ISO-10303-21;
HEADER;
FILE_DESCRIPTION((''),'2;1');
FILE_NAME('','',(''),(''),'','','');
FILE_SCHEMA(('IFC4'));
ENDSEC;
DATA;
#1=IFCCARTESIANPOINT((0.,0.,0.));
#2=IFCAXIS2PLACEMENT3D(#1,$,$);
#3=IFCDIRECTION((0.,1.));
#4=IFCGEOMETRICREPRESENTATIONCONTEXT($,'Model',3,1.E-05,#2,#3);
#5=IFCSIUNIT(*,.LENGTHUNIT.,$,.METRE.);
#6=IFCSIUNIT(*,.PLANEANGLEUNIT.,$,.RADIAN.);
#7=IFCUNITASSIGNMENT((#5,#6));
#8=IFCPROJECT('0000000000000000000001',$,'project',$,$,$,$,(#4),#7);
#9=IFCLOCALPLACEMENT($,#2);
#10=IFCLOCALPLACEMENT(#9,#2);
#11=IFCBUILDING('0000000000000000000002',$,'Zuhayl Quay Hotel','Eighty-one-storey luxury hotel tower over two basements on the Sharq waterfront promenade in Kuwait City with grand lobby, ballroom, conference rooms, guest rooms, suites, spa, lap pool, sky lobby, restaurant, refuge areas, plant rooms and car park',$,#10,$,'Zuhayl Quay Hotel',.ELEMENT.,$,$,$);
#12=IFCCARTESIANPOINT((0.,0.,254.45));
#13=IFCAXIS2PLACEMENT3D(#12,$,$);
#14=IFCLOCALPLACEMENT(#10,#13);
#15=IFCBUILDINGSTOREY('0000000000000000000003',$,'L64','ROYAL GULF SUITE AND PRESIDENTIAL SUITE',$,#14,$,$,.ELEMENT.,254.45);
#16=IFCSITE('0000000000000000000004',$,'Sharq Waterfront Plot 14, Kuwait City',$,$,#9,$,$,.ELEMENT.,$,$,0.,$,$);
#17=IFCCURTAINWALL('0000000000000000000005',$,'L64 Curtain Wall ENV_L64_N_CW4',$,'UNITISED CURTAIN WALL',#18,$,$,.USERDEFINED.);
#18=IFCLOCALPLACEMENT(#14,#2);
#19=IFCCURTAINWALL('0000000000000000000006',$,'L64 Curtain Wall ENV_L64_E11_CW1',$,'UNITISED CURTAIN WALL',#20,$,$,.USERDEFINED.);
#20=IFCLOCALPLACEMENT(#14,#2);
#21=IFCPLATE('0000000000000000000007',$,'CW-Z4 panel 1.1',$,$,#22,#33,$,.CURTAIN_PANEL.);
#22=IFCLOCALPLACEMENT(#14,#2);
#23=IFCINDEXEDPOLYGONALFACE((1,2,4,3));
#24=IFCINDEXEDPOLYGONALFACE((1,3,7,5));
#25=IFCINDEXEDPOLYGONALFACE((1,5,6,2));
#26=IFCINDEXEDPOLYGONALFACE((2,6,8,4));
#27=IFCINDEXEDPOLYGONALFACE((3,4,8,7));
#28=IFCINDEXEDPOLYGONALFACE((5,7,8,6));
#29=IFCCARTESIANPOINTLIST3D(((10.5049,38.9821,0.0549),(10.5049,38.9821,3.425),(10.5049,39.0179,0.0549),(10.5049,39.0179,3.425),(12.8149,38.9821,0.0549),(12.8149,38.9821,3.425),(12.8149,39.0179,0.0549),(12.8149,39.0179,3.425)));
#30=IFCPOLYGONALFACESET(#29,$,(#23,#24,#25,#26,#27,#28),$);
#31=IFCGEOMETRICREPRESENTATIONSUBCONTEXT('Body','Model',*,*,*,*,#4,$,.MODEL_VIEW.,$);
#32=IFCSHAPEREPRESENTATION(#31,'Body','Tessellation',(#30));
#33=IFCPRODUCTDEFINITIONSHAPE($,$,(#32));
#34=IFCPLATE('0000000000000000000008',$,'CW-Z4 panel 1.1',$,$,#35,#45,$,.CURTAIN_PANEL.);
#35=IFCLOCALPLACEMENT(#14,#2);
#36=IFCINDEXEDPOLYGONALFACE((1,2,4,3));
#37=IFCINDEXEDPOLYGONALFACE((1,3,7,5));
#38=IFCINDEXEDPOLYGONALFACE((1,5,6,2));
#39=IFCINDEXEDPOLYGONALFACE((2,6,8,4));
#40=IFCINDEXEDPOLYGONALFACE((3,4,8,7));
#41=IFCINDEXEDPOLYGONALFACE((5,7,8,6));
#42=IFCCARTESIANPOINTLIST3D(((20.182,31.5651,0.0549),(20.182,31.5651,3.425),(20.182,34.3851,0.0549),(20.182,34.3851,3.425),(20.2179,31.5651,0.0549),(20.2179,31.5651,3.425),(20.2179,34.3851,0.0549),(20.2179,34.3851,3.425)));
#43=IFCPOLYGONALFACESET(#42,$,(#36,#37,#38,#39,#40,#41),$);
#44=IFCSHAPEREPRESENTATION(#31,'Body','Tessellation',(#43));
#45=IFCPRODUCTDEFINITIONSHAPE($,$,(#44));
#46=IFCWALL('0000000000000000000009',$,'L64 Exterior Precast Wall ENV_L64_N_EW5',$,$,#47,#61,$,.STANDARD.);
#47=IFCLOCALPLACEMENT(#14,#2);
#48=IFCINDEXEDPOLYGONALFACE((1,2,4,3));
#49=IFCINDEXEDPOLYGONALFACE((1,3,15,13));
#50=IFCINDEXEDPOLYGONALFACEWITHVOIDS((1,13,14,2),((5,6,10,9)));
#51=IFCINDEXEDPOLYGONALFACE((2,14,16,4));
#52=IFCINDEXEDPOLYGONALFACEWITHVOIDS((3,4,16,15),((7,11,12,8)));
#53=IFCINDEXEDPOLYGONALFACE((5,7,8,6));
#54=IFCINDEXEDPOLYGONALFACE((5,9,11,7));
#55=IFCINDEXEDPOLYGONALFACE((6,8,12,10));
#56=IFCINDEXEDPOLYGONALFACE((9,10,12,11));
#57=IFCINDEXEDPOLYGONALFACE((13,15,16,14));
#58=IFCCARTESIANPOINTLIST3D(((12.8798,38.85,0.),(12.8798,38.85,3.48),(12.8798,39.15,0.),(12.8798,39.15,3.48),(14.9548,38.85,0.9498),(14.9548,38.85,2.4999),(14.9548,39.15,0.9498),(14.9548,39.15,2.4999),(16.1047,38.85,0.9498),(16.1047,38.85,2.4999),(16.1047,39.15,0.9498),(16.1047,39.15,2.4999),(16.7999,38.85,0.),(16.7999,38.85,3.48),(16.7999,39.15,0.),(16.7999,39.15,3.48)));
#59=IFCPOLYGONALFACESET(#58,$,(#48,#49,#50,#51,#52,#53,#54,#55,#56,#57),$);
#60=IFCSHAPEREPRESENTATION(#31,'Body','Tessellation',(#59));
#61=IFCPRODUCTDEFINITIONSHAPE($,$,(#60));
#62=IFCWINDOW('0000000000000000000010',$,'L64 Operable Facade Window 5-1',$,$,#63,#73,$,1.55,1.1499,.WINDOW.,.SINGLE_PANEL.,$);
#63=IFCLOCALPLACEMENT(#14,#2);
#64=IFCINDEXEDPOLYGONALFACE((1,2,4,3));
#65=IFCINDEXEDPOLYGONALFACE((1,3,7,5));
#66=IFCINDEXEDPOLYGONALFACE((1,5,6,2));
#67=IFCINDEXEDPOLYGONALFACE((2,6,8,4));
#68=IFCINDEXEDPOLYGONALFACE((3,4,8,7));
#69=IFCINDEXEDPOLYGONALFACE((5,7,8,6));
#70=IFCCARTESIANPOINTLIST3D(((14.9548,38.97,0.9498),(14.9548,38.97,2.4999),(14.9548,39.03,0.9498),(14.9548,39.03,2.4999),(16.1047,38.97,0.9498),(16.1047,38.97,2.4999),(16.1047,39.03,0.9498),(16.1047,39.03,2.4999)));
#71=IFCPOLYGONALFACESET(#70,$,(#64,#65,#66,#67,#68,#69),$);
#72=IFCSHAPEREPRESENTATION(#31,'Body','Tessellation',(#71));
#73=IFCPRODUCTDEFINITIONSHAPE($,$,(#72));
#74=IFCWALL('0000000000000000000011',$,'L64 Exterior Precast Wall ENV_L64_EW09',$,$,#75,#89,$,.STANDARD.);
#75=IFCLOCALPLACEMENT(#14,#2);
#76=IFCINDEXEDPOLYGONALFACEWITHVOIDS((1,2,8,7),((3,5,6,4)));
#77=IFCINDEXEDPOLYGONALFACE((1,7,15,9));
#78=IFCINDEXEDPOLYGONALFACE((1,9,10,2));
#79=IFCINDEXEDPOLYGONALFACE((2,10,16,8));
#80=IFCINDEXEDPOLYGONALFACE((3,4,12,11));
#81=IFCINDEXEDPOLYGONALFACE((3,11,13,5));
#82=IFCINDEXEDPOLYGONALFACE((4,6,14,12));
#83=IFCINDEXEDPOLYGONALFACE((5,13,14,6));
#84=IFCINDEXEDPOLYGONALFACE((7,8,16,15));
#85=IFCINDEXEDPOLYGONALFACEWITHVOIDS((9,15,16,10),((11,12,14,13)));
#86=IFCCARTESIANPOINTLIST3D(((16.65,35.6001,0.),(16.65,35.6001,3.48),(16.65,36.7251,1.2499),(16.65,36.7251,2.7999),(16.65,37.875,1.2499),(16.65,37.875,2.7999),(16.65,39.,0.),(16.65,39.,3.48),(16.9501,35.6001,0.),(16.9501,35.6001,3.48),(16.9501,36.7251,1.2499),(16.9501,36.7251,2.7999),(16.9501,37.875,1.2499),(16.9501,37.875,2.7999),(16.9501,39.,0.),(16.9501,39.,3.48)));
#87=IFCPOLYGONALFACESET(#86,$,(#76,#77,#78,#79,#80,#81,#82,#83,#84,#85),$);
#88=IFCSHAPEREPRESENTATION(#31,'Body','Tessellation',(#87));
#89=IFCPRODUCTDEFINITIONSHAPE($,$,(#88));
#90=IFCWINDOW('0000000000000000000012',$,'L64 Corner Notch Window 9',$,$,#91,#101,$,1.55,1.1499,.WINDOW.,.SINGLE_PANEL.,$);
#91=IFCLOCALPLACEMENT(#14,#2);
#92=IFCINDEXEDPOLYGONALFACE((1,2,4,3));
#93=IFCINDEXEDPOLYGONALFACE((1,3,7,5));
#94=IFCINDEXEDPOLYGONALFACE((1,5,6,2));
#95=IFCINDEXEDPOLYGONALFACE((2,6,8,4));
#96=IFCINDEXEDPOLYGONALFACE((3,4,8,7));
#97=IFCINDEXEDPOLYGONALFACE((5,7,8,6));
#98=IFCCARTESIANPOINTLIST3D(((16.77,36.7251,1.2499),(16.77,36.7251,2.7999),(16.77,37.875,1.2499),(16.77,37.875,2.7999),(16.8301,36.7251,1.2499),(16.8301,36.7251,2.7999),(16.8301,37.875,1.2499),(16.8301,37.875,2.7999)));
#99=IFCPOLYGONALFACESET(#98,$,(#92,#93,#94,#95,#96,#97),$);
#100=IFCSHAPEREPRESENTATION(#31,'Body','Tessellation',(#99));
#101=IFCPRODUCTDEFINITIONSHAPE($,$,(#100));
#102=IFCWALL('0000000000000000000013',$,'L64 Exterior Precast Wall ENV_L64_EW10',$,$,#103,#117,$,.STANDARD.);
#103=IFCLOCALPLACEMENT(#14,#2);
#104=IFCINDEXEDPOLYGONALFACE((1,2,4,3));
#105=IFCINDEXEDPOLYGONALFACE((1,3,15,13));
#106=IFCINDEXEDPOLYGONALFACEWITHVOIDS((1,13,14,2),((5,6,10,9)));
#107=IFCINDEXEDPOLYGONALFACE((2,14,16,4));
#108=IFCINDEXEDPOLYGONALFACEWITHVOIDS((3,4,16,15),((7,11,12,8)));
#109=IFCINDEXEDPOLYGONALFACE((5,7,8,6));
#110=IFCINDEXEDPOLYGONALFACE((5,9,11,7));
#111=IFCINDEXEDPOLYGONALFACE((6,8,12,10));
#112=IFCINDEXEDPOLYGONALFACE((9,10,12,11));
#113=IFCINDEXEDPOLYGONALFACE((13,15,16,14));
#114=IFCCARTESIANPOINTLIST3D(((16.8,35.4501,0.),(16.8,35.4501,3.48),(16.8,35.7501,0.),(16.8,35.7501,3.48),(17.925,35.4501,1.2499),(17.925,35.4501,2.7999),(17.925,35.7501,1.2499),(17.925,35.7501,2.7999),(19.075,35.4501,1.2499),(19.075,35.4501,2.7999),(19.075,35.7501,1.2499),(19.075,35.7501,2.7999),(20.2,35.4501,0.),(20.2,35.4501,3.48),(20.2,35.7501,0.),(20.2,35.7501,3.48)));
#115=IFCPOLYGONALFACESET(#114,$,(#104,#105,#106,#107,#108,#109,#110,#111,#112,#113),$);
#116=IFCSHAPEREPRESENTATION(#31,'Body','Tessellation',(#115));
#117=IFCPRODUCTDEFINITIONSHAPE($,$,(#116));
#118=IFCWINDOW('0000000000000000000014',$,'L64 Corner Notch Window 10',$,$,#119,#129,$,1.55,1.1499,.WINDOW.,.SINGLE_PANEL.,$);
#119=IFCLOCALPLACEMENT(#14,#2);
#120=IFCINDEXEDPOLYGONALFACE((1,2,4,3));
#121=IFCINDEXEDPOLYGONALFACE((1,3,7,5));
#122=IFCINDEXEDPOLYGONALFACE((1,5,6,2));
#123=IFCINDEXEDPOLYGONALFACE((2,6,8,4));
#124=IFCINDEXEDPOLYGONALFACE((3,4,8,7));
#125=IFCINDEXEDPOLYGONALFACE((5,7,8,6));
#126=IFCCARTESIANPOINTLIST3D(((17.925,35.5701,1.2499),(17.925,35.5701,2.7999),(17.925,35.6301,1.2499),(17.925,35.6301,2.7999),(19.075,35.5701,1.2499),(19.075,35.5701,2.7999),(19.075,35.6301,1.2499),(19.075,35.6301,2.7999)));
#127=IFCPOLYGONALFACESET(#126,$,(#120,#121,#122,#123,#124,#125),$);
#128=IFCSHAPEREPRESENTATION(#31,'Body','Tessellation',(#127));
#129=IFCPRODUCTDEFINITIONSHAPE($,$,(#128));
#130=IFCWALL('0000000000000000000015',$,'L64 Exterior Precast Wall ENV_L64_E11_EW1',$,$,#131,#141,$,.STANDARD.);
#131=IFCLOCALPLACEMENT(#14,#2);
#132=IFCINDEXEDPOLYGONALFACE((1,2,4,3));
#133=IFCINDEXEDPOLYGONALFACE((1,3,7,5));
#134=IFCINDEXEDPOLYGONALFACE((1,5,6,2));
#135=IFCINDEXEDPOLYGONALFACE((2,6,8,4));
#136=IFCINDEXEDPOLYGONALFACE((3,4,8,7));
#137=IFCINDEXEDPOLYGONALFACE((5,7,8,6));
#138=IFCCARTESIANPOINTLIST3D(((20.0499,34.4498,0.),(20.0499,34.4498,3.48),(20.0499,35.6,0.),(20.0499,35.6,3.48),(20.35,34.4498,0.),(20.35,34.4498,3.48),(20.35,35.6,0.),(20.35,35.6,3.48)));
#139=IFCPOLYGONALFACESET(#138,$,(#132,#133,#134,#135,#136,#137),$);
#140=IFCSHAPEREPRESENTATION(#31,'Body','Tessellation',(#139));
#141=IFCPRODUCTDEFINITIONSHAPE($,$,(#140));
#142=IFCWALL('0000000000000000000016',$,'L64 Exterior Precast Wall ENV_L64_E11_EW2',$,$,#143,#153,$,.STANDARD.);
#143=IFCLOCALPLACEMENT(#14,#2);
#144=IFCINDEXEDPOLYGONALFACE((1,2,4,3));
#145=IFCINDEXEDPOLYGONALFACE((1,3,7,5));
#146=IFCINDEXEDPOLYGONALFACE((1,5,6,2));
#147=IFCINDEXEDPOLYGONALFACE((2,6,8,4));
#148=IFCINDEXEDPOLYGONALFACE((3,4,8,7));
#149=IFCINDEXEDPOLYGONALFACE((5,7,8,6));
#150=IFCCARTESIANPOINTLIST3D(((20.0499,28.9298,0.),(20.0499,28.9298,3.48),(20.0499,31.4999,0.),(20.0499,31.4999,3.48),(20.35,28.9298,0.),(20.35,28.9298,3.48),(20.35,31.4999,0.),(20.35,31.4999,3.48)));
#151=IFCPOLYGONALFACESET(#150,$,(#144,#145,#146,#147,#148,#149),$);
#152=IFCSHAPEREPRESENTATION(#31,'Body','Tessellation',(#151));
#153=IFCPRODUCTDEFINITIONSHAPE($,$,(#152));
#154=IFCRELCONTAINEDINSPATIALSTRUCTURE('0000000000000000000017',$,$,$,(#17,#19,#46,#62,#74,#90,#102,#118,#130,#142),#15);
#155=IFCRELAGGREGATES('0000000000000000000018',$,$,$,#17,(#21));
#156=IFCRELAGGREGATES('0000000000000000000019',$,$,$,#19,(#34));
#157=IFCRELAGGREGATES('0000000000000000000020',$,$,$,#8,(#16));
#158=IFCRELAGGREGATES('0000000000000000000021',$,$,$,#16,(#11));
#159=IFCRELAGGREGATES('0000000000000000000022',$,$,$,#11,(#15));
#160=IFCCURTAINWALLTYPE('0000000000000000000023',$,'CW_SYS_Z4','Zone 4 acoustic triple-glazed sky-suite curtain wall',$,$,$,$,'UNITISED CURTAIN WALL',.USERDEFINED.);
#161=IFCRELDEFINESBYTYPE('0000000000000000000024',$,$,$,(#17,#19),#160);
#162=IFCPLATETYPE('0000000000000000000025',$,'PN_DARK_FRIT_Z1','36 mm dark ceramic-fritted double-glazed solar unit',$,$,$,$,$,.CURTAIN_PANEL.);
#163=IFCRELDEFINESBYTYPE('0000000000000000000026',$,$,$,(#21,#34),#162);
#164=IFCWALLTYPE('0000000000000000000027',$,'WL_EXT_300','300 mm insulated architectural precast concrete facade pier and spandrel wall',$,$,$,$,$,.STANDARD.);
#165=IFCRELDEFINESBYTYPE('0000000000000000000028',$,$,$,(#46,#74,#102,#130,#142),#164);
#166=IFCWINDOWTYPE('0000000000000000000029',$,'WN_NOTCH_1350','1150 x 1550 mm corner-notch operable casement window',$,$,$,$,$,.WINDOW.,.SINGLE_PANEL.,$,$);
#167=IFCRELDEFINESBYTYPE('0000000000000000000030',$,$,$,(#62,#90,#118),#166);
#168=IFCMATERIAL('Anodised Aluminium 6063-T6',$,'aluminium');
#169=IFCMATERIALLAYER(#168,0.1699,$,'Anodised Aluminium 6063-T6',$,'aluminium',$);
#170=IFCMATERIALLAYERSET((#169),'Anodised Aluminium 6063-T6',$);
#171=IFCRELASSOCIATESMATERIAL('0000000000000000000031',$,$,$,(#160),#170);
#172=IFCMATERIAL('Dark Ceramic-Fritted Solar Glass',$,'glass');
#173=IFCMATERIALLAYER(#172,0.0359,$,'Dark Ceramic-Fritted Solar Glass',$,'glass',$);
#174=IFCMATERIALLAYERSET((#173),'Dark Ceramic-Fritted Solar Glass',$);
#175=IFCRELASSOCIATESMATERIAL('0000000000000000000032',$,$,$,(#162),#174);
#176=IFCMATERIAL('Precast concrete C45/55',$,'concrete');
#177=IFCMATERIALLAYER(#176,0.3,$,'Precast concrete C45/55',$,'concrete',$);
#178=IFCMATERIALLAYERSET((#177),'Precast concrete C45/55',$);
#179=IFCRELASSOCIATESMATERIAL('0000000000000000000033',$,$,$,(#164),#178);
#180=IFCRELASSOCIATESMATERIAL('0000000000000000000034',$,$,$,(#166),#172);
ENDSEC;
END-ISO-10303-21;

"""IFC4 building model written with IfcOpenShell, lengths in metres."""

from ifc_helpers import new_model, si_unit, direction, frame, frame_2d, origin, origin_2d, place, context, subcontext, project, spatial, rectangle, extrude, material, layer, layer_set, type_object, element, fill, aggregate, save


model = new_model("IFC4")

# Units and contexts
model_context = context("Model", 3, precision=1e-05, world=origin(), true_north=direction((0.0, 1.0)))
body_context = subcontext(model_context, "Body", "Model", "MODEL_VIEW")
ifc_project = project(units=[si_unit("LENGTHUNIT", "METRE"), si_unit("PLANEANGLEUNIT", "RADIAN")], contexts=[model_context])

# Site, building, storey
site_placement = place(None, origin())
site = spatial("IfcSite", under=ifc_project, at=site_placement, Name="Sharq Waterfront Plot 14, Kuwait City", CompositionType="ELEMENT", RefElevation=0.0)
building_placement = place(site_placement, origin())
building = spatial("IfcBuilding", under=site, at=building_placement, Name="Zuhayl Quay Hotel", Description="Eighty-one-storey luxury hotel tower over two basements on the Sharq waterfront promenade in Kuwait City with grand lobby, ballroom, conference rooms, guest rooms, suites, spa, lap pool, sky lobby, restaurant, refuge areas, plant rooms and car park", LongName="Zuhayl Quay Hotel", CompositionType="ELEMENT")
storey_placement = place(building_placement, frame((0.0, 0.0, 254.45)))
storey = spatial("IfcBuildingStorey", under=building, at=storey_placement, Name="L64", Description="ROYAL GULF SUITE AND PRESIDENTIAL SUITE", CompositionType="ELEMENT", Elevation=254.45)

# Curtain walls
ifc_material_1 = material(Name="Anodised Aluminium 6063-T6", Category="aluminium")
ifc_layer_1 = layer(ifc_material_1, 0.1699, Name="Anodised Aluminium 6063-T6", Category="aluminium")
ifc_layer_set_1 = layer_set([ifc_layer_1], Name="Anodised Aluminium 6063-T6")
curtain_wall_type = type_object("IfcCurtainWallType", Name="CW_SYS_Z4", Description="Zone 4 acoustic triple-glazed sky-suite curtain wall", ElementType="UNITISED CURTAIN WALL", PredefinedType="USERDEFINED", material=ifc_layer_set_1)
curtain_wall_1_placement = place(storey_placement, origin())
curtain_wall_1 = element("IfcCurtainWall", 1, at=curtain_wall_1_placement, inside=storey, type_object=curtain_wall_type, Name="L64 Curtain Wall ENV_L64_N_CW4", ObjectType="UNITISED CURTAIN WALL", PredefinedType="USERDEFINED")
curtain_wall_2_placement = place(storey_placement, origin())
curtain_wall_2 = element("IfcCurtainWall", 2, at=curtain_wall_2_placement, inside=storey, type_object=curtain_wall_type, Name="L64 Curtain Wall ENV_L64_E11_CW1", ObjectType="UNITISED CURTAIN WALL", PredefinedType="USERDEFINED")

# Plates
ifc_material_2 = material(Name="Dark Ceramic-Fritted Solar Glass", Category="glass")
ifc_layer_2 = layer(ifc_material_2, 0.0359, Name="Dark Ceramic-Fritted Solar Glass", Category="glass")
ifc_layer_set_2 = layer_set([ifc_layer_2], Name="Dark Ceramic-Fritted Solar Glass")
plate_type = type_object("IfcPlateType", Name="PN_DARK_FRIT_Z1", Description="36 mm dark ceramic-fritted double-glazed solar unit", PredefinedType="CURTAIN_PANEL", material=ifc_layer_set_2)
plate_1_placement = place(storey_placement, frame((11.6599, 39.0, 0.0549), z_axis=(0.0, 0.0, 1.0), x_axis=(1.0, 0.0, 0.0)))
plate_1 = element("IfcPlate", 3, at=plate_1_placement, type_object=plate_type, Name="CW-Z4 panel 1.1", PredefinedType="CURTAIN_PANEL", context=body_context, shape_type="SweptSolid", body=[
    extrude(rectangle(XDim=2.3101, YDim=0.0359, at=origin_2d()), origin(), (0.0, 0.0, 1.0), 3.3701),
])
aggregate(curtain_wall_1, [plate_1])
plate_2_placement = place(storey_placement, frame((20.2, 32.9751, 0.0549), z_axis=(0.0, 0.0, 1.0), x_axis=(0.0, -1.0, 0.0)))
plate_2 = element("IfcPlate", 4, at=plate_2_placement, type_object=plate_type, Name="CW-Z4 panel 1.1", PredefinedType="CURTAIN_PANEL", context=body_context, shape_type="SweptSolid", body=[
    extrude(rectangle(XDim=2.8201, YDim=0.0359, at=origin_2d()), origin(), (0.0, 0.0, 1.0), 3.3701),
])
aggregate(curtain_wall_2, [plate_2])

# Walls, openings, windows
ifc_material_3 = material(Name="Precast concrete C45/55", Category="concrete")
ifc_layer_3 = layer(ifc_material_3, 0.3, Name="Precast concrete C45/55", Category="concrete")
ifc_layer_set_3 = layer_set([ifc_layer_3], Name="Precast concrete C45/55")
wall_type_1 = type_object("IfcWallType", Name="WL_EXT_300", Description="300 mm insulated architectural precast concrete facade pier and spandrel wall", PredefinedType="STANDARD", material=ifc_layer_set_3)
wall_1_placement = place(storey_placement, frame((12.8799, 39.0, 0.0), z_axis=(0.0, 0.0, 1.0), x_axis=(1.0, 0.0, 0.0)))
wall_1 = element("IfcWall", 5, at=wall_1_placement, inside=storey, type_object=wall_type_1, Name="L64 Exterior Precast Wall ENV_L64_N_EW5", PredefinedType="STANDARD", context=body_context, shape_type="SweptSolid", body=[
    extrude(rectangle(XDim=3.9202, YDim=0.3, at=frame_2d((1.96, 0.0))), origin(), (0.0, 0.0, 1.0), 3.48),
])
opening_1_placement = place(wall_1_placement, frame((2.075, 0.0, 0.95)))
opening_1 = element("IfcOpeningElement", 6, at=opening_1_placement, cuts=wall_1, PredefinedType="OPENING", context=body_context, shape_type="SweptSolid", body=[
    extrude(rectangle(XDim=1.1499, YDim=1.55, at=frame_2d((0.575, 0.7749))), frame((0.0, 0.1599, 0.0), z_axis=(0.0, -1.0, 0.0), x_axis=(1.0, 0.0, 0.0)), (0.0, 0.0, 1.0), 0.3201),
])
window_type = type_object("IfcWindowType", Name="WN_NOTCH_1350", Description="1150 x 1550 mm corner-notch operable casement window", PartitioningType="SINGLE_PANEL", PredefinedType="WINDOW", material=ifc_material_2)
window_1_placement = place(opening_1_placement, origin())
window_1 = element("IfcWindow", 7, at=window_1_placement, inside=storey, type_object=window_type, Name="L64 Operable Facade Window 5-1", OverallHeight=1.55, OverallWidth=1.1499, PartitioningType="SINGLE_PANEL", PredefinedType="WINDOW", context=body_context, shape_type="SweptSolid", body=[
    extrude(rectangle(XDim=1.1499, YDim=1.55, at=frame_2d((0.575, 0.7749))), frame((0.0, 0.03, 0.0), z_axis=(0.0, -1.0, 0.0), x_axis=(1.0, 0.0, 0.0)), (0.0, 0.0, 1.0), 0.0601),
])
fill(opening_1, window_1)
wall_2_placement = place(storey_placement, frame((16.8, 39.0, 0.0), z_axis=(0.0, 0.0, 1.0), x_axis=(0.0, -1.0, 0.0)))
wall_2 = element("IfcWall", 8, at=wall_2_placement, inside=storey, type_object=wall_type_1, Name="L64 Exterior Precast Wall ENV_L64_EW09", PredefinedType="STANDARD", context=body_context, shape_type="SweptSolid", body=[
    extrude(rectangle(XDim=3.3999, YDim=0.3, at=frame_2d((1.7, 0.0))), origin(), (0.0, 0.0, 1.0), 3.48),
])
opening_2_placement = place(wall_2_placement, frame((1.125, 0.0, 1.25)))
opening_2 = element("IfcOpeningElement", 9, at=opening_2_placement, cuts=wall_2, PredefinedType="OPENING", context=body_context, shape_type="SweptSolid", body=[
    extrude(rectangle(XDim=1.1499, YDim=1.55, at=frame_2d((0.575, 0.7749))), frame((0.0, 0.1599, 0.0), z_axis=(0.0, -1.0, 0.0), x_axis=(1.0, 0.0, 0.0)), (0.0, 0.0, 1.0), 0.3201),
])
window_2_placement = place(opening_2_placement, origin())
window_2 = element("IfcWindow", 10, at=window_2_placement, inside=storey, type_object=window_type, Name="L64 Corner Notch Window 9", OverallHeight=1.55, OverallWidth=1.1499, PartitioningType="SINGLE_PANEL", PredefinedType="WINDOW", context=body_context, shape_type="SweptSolid", body=[
    extrude(rectangle(XDim=1.1499, YDim=1.55, at=frame_2d((0.575, 0.7749))), frame((0.0, 0.03, 0.0), z_axis=(0.0, -1.0, 0.0), x_axis=(1.0, 0.0, 0.0)), (0.0, 0.0, 1.0), 0.0601),
])
fill(opening_2, window_2)
wall_3_placement = place(storey_placement, frame((16.8, 35.6001, 0.0), z_axis=(0.0, 0.0, 1.0), x_axis=(1.0, 0.0, 0.0)))
wall_3 = element("IfcWall", 11, at=wall_3_placement, inside=storey, type_object=wall_type_1, Name="L64 Exterior Precast Wall ENV_L64_EW10", PredefinedType="STANDARD", context=body_context, shape_type="SweptSolid", body=[
    extrude(rectangle(XDim=3.3999, YDim=0.3, at=frame_2d((1.7, 0.0))), origin(), (0.0, 0.0, 1.0), 3.48),
])
opening_3_placement = place(wall_3_placement, frame((1.125, 0.0, 1.25)))
opening_3 = element("IfcOpeningElement", 12, at=opening_3_placement, cuts=wall_3, PredefinedType="OPENING", context=body_context, shape_type="SweptSolid", body=[
    extrude(rectangle(XDim=1.1499, YDim=1.55, at=frame_2d((0.575, 0.7749))), frame((0.0, 0.1599, 0.0), z_axis=(0.0, -1.0, 0.0), x_axis=(1.0, 0.0, 0.0)), (0.0, 0.0, 1.0), 0.3201),
])
window_3_placement = place(opening_3_placement, origin())
window_3 = element("IfcWindow", 13, at=window_3_placement, inside=storey, type_object=window_type, Name="L64 Corner Notch Window 10", OverallHeight=1.55, OverallWidth=1.1499, PartitioningType="SINGLE_PANEL", PredefinedType="WINDOW", context=body_context, shape_type="SweptSolid", body=[
    extrude(rectangle(XDim=1.1499, YDim=1.55, at=frame_2d((0.575, 0.7749))), frame((0.0, 0.03, 0.0), z_axis=(0.0, -1.0, 0.0), x_axis=(1.0, 0.0, 0.0)), (0.0, 0.0, 1.0), 0.0601),
])
fill(opening_3, window_3)

# Walls
wall_4_placement = place(storey_placement, frame((20.2, 35.6001, 0.0), z_axis=(0.0, 0.0, 1.0), x_axis=(0.0, -1.0, 0.0)))
element("IfcWall", 14, at=wall_4_placement, inside=storey, type_object=wall_type_1, Name="L64 Exterior Precast Wall ENV_L64_E11_EW1", PredefinedType="STANDARD", context=body_context, shape_type="SweptSolid", body=[
    extrude(rectangle(XDim=1.1501, YDim=0.3, at=frame_2d((0.5752, 0.0))), origin(), (0.0, 0.0, 1.0), 3.48),
])
wall_5_placement = place(storey_placement, frame((20.2, 31.5, 0.0), z_axis=(0.0, 0.0, 1.0), x_axis=(0.0, -1.0, 0.0)))
element("IfcWall", 15, at=wall_5_placement, inside=storey, type_object=wall_type_1, Name="L64 Exterior Precast Wall ENV_L64_E11_EW2", PredefinedType="STANDARD", context=body_context, shape_type="SweptSolid", body=[
    extrude(rectangle(XDim=2.5701, YDim=0.3, at=frame_2d((1.2852, 0.0))), origin(), (0.0, 0.0, 1.0), 3.48),
])

save(model, "model.ifc")
